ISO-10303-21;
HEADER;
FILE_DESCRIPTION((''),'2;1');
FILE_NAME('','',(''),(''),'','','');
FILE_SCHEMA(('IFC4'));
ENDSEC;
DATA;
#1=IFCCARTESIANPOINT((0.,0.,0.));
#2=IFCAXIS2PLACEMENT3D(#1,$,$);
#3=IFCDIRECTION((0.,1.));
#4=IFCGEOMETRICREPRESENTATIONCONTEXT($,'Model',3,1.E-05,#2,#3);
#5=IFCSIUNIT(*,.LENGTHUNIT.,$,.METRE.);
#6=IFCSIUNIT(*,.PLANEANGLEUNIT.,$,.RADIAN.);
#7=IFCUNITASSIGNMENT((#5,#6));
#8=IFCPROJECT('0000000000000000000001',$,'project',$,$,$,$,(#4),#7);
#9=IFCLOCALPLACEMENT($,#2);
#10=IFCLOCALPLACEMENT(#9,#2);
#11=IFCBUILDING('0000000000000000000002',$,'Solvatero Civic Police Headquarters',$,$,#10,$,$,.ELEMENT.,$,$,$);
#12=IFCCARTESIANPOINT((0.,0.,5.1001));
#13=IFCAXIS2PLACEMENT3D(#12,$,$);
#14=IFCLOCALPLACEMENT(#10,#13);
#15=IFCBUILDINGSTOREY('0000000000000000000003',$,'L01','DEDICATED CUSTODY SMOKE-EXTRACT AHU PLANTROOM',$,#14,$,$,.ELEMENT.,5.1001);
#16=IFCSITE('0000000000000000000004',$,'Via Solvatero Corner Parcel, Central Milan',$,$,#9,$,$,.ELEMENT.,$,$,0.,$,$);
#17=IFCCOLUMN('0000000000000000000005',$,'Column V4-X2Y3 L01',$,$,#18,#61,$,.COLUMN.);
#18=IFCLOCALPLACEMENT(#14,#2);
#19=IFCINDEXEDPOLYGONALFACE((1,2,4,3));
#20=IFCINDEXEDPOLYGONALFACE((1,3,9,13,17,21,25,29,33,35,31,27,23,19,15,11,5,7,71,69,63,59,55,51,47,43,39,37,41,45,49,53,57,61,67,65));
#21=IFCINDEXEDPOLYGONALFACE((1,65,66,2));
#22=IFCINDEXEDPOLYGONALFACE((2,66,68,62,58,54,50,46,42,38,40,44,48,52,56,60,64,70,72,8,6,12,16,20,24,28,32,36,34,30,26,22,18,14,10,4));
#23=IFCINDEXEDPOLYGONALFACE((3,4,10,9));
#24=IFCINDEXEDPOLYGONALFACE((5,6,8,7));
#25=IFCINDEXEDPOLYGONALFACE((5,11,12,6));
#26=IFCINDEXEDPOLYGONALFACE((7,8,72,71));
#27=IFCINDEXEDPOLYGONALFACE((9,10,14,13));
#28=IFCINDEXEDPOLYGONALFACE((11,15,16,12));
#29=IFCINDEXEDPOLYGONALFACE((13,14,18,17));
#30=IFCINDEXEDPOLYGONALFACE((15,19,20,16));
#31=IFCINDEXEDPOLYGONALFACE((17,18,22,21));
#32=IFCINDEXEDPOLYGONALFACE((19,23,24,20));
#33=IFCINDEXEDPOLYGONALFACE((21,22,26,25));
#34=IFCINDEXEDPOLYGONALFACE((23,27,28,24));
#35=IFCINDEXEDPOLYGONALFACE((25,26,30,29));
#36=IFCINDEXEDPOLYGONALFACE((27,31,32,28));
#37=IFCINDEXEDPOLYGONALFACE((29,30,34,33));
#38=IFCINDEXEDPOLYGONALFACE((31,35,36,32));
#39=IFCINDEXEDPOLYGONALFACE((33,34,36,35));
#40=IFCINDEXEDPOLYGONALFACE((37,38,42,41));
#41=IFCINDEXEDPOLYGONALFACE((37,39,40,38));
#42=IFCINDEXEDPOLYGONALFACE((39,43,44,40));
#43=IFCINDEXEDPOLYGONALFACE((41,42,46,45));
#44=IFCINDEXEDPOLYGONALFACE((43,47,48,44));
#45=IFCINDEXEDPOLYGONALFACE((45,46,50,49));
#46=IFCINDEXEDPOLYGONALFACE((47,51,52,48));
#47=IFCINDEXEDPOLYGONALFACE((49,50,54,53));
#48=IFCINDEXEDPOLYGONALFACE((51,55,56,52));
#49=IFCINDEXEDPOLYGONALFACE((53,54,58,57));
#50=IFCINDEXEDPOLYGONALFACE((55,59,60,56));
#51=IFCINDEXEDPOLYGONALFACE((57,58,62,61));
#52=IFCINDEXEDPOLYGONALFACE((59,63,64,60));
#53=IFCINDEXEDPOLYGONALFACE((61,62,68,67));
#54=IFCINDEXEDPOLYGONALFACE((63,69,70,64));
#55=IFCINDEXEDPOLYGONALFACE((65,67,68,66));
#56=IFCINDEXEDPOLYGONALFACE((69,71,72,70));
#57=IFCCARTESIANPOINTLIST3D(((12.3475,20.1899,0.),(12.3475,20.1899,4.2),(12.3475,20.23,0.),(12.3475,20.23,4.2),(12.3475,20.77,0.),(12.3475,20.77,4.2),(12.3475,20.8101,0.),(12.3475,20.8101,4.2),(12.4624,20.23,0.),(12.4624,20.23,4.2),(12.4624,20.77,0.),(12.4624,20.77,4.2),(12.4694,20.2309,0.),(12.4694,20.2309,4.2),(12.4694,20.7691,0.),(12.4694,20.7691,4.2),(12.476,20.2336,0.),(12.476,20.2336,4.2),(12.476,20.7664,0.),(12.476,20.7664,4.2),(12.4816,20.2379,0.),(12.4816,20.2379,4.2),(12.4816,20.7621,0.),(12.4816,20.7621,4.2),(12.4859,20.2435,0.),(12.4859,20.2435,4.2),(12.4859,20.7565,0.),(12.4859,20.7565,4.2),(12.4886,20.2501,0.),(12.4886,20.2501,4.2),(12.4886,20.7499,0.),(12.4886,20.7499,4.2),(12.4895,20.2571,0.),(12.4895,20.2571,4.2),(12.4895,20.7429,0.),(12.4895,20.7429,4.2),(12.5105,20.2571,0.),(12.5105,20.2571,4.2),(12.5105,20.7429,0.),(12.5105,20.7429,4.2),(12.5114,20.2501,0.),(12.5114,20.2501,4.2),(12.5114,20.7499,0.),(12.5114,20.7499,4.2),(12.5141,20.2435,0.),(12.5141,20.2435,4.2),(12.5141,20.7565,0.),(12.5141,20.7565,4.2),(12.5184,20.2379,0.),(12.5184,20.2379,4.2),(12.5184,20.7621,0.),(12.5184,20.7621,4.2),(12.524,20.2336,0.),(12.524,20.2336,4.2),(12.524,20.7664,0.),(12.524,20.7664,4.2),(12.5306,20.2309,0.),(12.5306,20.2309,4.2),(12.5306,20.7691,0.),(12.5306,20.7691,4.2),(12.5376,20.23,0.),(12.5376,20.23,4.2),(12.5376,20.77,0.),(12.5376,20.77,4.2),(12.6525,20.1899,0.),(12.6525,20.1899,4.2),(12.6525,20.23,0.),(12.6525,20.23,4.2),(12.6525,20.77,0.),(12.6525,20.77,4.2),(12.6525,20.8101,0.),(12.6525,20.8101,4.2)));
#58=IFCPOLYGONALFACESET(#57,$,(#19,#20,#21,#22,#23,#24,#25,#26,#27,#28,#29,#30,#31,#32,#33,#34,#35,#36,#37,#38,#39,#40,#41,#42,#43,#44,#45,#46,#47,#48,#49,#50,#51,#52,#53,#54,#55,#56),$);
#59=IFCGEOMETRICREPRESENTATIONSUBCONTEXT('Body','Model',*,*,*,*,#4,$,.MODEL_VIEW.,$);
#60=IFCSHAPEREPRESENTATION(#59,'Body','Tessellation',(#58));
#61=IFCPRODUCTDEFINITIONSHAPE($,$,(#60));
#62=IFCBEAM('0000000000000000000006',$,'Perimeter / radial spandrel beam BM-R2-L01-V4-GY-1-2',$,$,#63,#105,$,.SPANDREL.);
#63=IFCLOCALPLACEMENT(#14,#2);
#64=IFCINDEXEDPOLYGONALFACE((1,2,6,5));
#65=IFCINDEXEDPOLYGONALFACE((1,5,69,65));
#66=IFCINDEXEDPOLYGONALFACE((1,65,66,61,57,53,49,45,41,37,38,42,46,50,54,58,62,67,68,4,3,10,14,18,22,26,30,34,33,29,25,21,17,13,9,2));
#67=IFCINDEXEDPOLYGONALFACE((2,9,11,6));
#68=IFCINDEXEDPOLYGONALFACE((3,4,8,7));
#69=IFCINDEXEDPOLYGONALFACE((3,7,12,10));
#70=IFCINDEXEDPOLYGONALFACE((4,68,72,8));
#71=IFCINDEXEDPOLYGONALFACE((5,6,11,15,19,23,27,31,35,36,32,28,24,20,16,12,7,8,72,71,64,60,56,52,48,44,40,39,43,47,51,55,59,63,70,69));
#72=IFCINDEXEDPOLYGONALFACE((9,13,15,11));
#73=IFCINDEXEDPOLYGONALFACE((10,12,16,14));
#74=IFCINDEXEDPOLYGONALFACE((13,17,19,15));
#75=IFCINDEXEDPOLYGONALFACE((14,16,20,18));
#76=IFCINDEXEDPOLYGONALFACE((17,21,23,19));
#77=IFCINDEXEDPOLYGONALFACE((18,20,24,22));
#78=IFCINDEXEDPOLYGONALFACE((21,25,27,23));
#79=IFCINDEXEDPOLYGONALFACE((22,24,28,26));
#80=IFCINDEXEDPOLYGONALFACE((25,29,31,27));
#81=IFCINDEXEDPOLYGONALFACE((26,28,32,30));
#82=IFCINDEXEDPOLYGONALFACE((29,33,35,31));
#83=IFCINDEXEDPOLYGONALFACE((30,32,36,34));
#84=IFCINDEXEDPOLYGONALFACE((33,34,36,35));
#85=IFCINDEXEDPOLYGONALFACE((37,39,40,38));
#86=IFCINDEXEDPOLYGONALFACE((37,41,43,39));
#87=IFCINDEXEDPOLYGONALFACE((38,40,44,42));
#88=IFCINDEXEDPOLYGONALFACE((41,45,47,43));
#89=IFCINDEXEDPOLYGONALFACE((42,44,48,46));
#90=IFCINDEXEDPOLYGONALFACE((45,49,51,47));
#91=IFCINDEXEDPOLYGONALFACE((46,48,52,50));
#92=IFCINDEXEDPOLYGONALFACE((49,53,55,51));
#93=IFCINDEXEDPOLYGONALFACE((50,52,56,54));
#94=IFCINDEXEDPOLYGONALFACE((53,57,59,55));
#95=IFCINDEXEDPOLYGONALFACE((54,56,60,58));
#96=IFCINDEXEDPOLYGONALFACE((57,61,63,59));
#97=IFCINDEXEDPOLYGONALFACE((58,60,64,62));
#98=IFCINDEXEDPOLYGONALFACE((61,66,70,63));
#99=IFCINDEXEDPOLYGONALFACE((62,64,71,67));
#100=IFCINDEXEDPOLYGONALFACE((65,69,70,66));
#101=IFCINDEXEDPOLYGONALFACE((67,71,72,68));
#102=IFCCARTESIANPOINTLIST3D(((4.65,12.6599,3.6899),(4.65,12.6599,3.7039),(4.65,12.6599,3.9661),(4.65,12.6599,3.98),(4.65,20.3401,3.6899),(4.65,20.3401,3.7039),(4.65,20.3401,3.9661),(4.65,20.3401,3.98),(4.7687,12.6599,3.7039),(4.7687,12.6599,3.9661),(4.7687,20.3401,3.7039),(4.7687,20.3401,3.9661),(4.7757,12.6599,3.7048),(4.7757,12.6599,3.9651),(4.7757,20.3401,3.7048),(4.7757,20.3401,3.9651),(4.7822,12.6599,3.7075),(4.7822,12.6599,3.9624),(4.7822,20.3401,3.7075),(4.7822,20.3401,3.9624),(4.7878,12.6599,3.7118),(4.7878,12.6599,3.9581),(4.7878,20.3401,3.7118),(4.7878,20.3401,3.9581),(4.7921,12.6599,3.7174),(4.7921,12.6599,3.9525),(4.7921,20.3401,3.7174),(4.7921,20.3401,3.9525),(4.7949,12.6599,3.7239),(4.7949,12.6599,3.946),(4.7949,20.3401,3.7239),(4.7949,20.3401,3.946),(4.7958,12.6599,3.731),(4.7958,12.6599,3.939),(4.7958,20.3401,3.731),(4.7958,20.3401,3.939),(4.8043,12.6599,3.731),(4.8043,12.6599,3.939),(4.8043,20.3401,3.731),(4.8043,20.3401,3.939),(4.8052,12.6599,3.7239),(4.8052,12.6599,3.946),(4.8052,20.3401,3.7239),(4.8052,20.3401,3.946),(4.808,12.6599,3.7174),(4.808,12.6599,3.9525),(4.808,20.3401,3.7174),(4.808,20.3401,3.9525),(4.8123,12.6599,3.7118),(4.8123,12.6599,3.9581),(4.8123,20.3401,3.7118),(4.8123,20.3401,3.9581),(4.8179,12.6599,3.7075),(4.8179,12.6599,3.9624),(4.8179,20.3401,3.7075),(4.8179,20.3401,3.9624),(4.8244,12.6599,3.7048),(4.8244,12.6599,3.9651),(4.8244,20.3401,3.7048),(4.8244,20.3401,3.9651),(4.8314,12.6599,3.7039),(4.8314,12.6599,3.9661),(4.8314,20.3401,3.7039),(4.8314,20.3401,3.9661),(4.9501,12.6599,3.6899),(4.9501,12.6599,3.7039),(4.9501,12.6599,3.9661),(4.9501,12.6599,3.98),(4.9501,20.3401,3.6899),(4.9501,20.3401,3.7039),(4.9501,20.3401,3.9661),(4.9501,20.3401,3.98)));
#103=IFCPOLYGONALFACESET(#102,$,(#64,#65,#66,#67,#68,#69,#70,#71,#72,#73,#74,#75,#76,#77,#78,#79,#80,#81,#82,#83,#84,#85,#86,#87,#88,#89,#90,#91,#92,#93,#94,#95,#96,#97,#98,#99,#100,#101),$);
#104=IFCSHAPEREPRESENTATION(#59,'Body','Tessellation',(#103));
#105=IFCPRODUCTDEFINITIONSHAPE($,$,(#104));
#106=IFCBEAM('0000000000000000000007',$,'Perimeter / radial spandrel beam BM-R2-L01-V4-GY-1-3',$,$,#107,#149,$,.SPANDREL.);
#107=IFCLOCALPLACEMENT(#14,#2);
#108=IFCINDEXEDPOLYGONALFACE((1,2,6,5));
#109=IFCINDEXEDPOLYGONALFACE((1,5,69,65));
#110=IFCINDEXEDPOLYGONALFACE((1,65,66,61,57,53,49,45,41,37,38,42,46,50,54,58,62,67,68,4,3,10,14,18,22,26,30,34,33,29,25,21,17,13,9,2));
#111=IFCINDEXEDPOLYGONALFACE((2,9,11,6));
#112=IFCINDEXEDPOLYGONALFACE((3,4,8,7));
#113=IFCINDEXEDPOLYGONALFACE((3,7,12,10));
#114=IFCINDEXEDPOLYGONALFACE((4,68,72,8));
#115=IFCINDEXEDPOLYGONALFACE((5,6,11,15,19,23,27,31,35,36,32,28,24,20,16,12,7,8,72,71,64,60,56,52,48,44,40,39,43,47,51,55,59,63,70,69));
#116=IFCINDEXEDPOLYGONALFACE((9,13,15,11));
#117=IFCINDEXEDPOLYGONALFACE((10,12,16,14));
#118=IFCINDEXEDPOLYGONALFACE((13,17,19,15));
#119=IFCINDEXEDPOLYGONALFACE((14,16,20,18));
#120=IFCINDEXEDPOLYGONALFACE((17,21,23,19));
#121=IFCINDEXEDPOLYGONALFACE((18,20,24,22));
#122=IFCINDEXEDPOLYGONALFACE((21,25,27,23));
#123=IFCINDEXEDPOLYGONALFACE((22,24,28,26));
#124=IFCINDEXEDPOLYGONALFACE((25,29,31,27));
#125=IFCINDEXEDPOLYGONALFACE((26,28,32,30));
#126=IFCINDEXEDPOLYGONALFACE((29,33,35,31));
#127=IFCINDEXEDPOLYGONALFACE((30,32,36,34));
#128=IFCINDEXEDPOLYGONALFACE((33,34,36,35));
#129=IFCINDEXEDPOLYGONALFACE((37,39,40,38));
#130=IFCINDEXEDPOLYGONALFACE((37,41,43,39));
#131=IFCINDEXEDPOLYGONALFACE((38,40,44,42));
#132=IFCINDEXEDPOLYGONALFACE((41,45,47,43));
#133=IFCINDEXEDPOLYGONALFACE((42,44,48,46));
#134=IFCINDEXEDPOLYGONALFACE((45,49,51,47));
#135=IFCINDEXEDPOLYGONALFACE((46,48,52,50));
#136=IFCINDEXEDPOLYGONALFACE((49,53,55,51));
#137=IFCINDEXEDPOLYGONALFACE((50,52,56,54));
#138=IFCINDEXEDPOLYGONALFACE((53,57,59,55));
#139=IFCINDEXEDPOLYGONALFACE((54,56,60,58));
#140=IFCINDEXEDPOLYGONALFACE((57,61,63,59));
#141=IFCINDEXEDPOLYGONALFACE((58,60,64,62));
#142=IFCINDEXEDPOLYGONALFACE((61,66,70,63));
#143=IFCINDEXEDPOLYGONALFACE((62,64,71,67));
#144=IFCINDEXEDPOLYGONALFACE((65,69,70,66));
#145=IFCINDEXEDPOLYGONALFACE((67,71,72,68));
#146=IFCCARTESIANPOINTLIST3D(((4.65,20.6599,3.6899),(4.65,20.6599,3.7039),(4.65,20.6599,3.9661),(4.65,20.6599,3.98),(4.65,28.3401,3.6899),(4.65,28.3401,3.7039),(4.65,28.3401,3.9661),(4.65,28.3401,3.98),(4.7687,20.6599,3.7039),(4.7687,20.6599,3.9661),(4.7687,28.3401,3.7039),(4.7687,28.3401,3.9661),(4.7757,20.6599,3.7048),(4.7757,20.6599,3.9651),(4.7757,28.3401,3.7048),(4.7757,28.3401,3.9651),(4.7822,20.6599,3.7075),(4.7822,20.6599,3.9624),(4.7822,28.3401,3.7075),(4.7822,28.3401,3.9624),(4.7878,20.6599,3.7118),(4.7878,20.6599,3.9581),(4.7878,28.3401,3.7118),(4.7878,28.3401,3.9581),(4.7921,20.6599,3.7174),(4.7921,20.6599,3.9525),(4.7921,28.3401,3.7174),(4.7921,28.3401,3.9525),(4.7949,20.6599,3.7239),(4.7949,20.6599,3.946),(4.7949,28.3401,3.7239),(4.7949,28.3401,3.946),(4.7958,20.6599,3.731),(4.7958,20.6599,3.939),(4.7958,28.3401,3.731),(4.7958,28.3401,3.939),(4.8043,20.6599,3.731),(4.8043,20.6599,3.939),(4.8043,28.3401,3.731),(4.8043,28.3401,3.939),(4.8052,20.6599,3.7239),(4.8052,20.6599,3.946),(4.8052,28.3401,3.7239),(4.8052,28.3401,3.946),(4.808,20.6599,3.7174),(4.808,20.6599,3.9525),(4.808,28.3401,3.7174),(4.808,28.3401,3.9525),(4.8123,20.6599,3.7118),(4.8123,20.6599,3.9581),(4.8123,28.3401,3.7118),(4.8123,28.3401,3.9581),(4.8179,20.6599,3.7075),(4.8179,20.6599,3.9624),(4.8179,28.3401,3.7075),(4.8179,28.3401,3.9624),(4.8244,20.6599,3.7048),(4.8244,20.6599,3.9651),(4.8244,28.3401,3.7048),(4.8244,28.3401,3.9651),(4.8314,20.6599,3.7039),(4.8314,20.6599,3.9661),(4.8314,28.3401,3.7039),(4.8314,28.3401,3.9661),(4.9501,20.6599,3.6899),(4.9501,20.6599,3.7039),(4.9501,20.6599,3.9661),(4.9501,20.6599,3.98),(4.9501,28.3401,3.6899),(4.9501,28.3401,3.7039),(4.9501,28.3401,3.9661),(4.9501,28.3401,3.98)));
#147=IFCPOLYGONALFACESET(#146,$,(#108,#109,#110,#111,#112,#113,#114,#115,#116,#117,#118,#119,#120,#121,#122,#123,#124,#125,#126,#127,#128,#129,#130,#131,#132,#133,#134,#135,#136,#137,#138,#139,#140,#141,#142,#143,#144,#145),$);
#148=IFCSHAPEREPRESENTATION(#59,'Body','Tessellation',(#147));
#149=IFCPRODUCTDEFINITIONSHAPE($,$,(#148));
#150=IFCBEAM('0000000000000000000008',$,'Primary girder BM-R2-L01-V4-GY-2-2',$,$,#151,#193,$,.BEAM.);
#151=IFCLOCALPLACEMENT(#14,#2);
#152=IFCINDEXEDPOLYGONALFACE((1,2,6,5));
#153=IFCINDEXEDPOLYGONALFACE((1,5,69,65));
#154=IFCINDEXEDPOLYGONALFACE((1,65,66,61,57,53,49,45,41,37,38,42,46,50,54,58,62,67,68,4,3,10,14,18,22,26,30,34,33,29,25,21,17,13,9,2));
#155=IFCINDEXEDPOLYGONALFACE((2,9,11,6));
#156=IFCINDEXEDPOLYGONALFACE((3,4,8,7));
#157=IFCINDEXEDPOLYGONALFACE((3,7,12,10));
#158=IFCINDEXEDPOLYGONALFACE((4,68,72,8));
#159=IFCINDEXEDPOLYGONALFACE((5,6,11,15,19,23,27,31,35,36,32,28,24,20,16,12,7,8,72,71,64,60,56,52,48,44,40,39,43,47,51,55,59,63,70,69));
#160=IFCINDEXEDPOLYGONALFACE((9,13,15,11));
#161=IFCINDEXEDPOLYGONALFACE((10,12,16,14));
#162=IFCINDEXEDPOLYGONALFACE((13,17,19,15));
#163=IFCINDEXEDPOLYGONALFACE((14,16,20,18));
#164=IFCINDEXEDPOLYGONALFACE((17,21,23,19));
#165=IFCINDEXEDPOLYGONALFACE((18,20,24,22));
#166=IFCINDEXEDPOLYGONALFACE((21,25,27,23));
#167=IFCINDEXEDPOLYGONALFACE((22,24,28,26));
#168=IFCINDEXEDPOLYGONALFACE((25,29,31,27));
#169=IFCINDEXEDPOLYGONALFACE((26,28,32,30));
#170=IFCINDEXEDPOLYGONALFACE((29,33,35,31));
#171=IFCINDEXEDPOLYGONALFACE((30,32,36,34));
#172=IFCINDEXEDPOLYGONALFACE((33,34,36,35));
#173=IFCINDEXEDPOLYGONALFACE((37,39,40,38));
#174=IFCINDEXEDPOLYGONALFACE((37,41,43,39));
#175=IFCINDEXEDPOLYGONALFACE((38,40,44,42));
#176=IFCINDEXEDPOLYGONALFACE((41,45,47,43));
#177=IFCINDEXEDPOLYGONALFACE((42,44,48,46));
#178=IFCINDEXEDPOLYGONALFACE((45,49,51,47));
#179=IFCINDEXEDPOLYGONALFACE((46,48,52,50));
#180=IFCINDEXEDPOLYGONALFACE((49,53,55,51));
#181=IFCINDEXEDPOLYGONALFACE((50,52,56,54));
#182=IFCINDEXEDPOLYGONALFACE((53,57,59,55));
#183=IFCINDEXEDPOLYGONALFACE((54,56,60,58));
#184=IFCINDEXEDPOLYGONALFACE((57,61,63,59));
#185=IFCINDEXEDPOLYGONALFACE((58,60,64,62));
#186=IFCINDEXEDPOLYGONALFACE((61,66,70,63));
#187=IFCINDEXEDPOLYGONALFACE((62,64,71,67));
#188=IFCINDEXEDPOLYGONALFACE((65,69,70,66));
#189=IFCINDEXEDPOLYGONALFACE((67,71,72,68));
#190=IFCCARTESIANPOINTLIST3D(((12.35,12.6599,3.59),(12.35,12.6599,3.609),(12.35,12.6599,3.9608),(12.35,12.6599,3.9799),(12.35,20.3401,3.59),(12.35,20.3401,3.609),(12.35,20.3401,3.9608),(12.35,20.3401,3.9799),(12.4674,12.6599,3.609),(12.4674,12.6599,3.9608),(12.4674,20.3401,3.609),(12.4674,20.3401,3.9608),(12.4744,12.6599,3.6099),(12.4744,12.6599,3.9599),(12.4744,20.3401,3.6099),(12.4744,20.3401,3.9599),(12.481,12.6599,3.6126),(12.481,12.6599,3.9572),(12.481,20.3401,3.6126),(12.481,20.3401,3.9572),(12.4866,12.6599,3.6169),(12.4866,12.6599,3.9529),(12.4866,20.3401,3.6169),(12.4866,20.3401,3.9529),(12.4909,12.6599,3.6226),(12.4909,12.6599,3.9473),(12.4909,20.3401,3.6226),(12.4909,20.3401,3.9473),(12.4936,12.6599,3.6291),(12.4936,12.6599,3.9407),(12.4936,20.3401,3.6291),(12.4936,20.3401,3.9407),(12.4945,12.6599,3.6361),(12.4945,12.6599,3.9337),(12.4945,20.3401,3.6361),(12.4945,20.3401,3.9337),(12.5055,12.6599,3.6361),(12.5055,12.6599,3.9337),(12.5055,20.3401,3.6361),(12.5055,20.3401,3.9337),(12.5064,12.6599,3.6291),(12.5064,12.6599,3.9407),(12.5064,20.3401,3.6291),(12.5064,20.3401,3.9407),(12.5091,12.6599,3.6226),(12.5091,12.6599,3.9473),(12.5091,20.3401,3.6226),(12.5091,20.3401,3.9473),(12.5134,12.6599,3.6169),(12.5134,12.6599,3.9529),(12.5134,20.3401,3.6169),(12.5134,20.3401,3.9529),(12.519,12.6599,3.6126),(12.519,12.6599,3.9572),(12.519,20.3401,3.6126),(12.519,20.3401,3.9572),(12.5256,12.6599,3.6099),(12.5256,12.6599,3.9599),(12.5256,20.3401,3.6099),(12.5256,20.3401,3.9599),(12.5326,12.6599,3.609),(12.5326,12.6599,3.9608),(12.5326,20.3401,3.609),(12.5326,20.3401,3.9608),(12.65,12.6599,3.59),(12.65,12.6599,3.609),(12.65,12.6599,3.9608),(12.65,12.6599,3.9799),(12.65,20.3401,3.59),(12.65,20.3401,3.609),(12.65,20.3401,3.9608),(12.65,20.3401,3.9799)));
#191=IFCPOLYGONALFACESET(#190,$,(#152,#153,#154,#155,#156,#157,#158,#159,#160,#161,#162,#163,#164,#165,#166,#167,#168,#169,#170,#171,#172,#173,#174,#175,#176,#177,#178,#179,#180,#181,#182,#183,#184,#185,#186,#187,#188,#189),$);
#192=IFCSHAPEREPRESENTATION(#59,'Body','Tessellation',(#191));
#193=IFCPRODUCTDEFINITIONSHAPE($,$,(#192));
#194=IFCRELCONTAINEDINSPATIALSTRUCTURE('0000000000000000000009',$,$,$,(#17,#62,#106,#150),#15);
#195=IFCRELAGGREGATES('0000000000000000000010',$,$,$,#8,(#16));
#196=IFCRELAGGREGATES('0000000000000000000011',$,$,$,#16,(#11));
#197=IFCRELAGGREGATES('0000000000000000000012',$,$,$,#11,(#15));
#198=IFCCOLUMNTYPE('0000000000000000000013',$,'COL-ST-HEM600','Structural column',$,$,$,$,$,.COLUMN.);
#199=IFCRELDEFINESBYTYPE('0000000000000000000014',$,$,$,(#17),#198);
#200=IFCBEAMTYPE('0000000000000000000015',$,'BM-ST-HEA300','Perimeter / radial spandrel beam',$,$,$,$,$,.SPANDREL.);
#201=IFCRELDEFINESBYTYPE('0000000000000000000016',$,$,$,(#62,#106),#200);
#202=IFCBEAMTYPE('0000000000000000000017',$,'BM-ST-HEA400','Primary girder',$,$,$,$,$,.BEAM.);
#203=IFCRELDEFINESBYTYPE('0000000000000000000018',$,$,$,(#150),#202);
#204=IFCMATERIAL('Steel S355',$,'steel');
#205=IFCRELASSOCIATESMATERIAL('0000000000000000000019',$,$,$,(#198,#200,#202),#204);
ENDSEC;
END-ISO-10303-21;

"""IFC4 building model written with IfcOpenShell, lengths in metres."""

from ifc_helpers import new_model, si_unit, direction, frame, origin, origin_2d, place, context, subcontext, project, spatial, i_section, extrude, material, material_profile, profile_set, type_object, element, save


model = new_model("IFC4")

# Units and contexts
model_context = context("Model", 3, precision=1e-05, world=origin(), true_north=direction((0.0, 1.0)))
body_context = subcontext(model_context, "Body", "Model", "MODEL_VIEW")
ifc_project = project(units=[si_unit("LENGTHUNIT", "METRE"), si_unit("PLANEANGLEUNIT", "RADIAN")], contexts=[model_context])

# Site, building, storey
site_placement = place(None, origin())
site = spatial("IfcSite", under=ifc_project, at=site_placement, Name="Via Solvatero Corner Parcel, Central Milan", CompositionType="ELEMENT", RefElevation=0.0)
building_placement = place(site_placement, origin())
building = spatial("IfcBuilding", under=site, at=building_placement, Name="Solvatero Civic Police Headquarters", CompositionType="ELEMENT")
storey_placement = place(building_placement, frame((0.0, 0.0, 5.1001)))
storey = spatial("IfcBuildingStorey", under=building, at=storey_placement, Name="L01", Description="DEDICATED CUSTODY SMOKE-EXTRACT AHU PLANTROOM", CompositionType="ELEMENT", Elevation=5.1001)

# Column
ifc_material_1 = material(Name="Steel S355", Category="steel")
ifc_material_profile_1 = material_profile(ifc_material_1, i_section(OverallWidth=0.3049, OverallDepth=0.6201, WebThickness=0.021, FlangeThickness=0.04, FilletRadius=0.0271, at=origin_2d()), Name="HEM 600")
ifc_profile_set_1 = profile_set([ifc_material_profile_1], Name="Steel S355")
column_type_1 = type_object("IfcColumnType", Name="COL-ST-HEM600", Description="Structural column", PredefinedType="COLUMN", material=ifc_profile_set_1)
column_1_placement = place(storey_placement, frame((12.5, 20.5, 0.0), z_axis=(0.0, 0.0, 1.0), x_axis=(1.0, 0.0, 0.0)))
element("IfcColumn", 1, at=column_1_placement, inside=storey, type_object=column_type_1, Name="Column V4-X2Y3 L01", PredefinedType="COLUMN", context=body_context, shape_type="SweptSolid", body=[
    extrude(i_section(OverallWidth=0.3049, OverallDepth=0.6201, WebThickness=0.021, FlangeThickness=0.04, FilletRadius=0.0271, at=origin_2d()), origin(), (0.0, 0.0, 1.0), 4.2),
])

# Beams
ifc_material_profile_2 = material_profile(ifc_material_1, i_section(OverallWidth=0.3, OverallDepth=0.29, WebThickness=0.0085, FlangeThickness=0.0139, FilletRadius=0.0271, at=origin_2d()), Name="HEA 300")
ifc_profile_set_2 = profile_set([ifc_material_profile_2], Name="Steel S355")
beam_type_1 = type_object("IfcBeamType", Name="BM-ST-HEA300", Description="Perimeter / radial spandrel beam", PredefinedType="SPANDREL", material=ifc_profile_set_2)
for number, where, z_axis, x_axis, name in (
    (2, (4.8, 12.6599, 3.835), (0.0, 1.0, 0.0), (-1.0, 0.0, 0.0), "Perimeter / radial spandrel beam BM-R2-L01-V4-GY-1-2"),
    (3, (4.8, 20.6599, 3.835), (0.0, 1.0, 0.0), (-1.0, 0.0, 0.0), "Perimeter / radial spandrel beam BM-R2-L01-V4-GY-1-3"),
):
    element("IfcBeam", number, at=place(storey_placement, frame(where, z_axis=z_axis, x_axis=x_axis)), inside=storey, type_object=beam_type_1, Name=name, PredefinedType="SPANDREL", context=body_context, shape_type="SweptSolid", body=[
        extrude(i_section(OverallWidth=0.3, OverallDepth=0.29, WebThickness=0.0085, FlangeThickness=0.0139, FilletRadius=0.0271, at=origin_2d()), origin(), (0.0, 0.0, 1.0), 7.6802),
    ])
ifc_material_profile_3 = material_profile(ifc_material_1, i_section(OverallWidth=0.3, OverallDepth=0.3899, WebThickness=0.011, FlangeThickness=0.019, FilletRadius=0.0271, at=origin_2d()), Name="HEA 400")
ifc_profile_set_3 = profile_set([ifc_material_profile_3], Name="Steel S355")
beam_type_2 = type_object("IfcBeamType", Name="BM-ST-HEA400", Description="Primary girder", PredefinedType="BEAM", material=ifc_profile_set_3)
for number, where, z_axis, x_axis, name in (
    (4, (12.5, 12.6599, 3.7849), (0.0, 1.0, 0.0), (-1.0, 0.0, 0.0), "Primary girder BM-R2-L01-V4-GY-2-2"),
):
    element("IfcBeam", number, at=place(storey_placement, frame(where, z_axis=z_axis, x_axis=x_axis)), inside=storey, type_object=beam_type_2, Name=name, PredefinedType="BEAM", context=body_context, shape_type="SweptSolid", body=[
        extrude(i_section(OverallWidth=0.3, OverallDepth=0.3899, WebThickness=0.011, FlangeThickness=0.019, FilletRadius=0.0271, at=origin_2d()), origin(), (0.0, 0.0, 1.0), 7.6802),
    ])

save(model, "model.ifc")
